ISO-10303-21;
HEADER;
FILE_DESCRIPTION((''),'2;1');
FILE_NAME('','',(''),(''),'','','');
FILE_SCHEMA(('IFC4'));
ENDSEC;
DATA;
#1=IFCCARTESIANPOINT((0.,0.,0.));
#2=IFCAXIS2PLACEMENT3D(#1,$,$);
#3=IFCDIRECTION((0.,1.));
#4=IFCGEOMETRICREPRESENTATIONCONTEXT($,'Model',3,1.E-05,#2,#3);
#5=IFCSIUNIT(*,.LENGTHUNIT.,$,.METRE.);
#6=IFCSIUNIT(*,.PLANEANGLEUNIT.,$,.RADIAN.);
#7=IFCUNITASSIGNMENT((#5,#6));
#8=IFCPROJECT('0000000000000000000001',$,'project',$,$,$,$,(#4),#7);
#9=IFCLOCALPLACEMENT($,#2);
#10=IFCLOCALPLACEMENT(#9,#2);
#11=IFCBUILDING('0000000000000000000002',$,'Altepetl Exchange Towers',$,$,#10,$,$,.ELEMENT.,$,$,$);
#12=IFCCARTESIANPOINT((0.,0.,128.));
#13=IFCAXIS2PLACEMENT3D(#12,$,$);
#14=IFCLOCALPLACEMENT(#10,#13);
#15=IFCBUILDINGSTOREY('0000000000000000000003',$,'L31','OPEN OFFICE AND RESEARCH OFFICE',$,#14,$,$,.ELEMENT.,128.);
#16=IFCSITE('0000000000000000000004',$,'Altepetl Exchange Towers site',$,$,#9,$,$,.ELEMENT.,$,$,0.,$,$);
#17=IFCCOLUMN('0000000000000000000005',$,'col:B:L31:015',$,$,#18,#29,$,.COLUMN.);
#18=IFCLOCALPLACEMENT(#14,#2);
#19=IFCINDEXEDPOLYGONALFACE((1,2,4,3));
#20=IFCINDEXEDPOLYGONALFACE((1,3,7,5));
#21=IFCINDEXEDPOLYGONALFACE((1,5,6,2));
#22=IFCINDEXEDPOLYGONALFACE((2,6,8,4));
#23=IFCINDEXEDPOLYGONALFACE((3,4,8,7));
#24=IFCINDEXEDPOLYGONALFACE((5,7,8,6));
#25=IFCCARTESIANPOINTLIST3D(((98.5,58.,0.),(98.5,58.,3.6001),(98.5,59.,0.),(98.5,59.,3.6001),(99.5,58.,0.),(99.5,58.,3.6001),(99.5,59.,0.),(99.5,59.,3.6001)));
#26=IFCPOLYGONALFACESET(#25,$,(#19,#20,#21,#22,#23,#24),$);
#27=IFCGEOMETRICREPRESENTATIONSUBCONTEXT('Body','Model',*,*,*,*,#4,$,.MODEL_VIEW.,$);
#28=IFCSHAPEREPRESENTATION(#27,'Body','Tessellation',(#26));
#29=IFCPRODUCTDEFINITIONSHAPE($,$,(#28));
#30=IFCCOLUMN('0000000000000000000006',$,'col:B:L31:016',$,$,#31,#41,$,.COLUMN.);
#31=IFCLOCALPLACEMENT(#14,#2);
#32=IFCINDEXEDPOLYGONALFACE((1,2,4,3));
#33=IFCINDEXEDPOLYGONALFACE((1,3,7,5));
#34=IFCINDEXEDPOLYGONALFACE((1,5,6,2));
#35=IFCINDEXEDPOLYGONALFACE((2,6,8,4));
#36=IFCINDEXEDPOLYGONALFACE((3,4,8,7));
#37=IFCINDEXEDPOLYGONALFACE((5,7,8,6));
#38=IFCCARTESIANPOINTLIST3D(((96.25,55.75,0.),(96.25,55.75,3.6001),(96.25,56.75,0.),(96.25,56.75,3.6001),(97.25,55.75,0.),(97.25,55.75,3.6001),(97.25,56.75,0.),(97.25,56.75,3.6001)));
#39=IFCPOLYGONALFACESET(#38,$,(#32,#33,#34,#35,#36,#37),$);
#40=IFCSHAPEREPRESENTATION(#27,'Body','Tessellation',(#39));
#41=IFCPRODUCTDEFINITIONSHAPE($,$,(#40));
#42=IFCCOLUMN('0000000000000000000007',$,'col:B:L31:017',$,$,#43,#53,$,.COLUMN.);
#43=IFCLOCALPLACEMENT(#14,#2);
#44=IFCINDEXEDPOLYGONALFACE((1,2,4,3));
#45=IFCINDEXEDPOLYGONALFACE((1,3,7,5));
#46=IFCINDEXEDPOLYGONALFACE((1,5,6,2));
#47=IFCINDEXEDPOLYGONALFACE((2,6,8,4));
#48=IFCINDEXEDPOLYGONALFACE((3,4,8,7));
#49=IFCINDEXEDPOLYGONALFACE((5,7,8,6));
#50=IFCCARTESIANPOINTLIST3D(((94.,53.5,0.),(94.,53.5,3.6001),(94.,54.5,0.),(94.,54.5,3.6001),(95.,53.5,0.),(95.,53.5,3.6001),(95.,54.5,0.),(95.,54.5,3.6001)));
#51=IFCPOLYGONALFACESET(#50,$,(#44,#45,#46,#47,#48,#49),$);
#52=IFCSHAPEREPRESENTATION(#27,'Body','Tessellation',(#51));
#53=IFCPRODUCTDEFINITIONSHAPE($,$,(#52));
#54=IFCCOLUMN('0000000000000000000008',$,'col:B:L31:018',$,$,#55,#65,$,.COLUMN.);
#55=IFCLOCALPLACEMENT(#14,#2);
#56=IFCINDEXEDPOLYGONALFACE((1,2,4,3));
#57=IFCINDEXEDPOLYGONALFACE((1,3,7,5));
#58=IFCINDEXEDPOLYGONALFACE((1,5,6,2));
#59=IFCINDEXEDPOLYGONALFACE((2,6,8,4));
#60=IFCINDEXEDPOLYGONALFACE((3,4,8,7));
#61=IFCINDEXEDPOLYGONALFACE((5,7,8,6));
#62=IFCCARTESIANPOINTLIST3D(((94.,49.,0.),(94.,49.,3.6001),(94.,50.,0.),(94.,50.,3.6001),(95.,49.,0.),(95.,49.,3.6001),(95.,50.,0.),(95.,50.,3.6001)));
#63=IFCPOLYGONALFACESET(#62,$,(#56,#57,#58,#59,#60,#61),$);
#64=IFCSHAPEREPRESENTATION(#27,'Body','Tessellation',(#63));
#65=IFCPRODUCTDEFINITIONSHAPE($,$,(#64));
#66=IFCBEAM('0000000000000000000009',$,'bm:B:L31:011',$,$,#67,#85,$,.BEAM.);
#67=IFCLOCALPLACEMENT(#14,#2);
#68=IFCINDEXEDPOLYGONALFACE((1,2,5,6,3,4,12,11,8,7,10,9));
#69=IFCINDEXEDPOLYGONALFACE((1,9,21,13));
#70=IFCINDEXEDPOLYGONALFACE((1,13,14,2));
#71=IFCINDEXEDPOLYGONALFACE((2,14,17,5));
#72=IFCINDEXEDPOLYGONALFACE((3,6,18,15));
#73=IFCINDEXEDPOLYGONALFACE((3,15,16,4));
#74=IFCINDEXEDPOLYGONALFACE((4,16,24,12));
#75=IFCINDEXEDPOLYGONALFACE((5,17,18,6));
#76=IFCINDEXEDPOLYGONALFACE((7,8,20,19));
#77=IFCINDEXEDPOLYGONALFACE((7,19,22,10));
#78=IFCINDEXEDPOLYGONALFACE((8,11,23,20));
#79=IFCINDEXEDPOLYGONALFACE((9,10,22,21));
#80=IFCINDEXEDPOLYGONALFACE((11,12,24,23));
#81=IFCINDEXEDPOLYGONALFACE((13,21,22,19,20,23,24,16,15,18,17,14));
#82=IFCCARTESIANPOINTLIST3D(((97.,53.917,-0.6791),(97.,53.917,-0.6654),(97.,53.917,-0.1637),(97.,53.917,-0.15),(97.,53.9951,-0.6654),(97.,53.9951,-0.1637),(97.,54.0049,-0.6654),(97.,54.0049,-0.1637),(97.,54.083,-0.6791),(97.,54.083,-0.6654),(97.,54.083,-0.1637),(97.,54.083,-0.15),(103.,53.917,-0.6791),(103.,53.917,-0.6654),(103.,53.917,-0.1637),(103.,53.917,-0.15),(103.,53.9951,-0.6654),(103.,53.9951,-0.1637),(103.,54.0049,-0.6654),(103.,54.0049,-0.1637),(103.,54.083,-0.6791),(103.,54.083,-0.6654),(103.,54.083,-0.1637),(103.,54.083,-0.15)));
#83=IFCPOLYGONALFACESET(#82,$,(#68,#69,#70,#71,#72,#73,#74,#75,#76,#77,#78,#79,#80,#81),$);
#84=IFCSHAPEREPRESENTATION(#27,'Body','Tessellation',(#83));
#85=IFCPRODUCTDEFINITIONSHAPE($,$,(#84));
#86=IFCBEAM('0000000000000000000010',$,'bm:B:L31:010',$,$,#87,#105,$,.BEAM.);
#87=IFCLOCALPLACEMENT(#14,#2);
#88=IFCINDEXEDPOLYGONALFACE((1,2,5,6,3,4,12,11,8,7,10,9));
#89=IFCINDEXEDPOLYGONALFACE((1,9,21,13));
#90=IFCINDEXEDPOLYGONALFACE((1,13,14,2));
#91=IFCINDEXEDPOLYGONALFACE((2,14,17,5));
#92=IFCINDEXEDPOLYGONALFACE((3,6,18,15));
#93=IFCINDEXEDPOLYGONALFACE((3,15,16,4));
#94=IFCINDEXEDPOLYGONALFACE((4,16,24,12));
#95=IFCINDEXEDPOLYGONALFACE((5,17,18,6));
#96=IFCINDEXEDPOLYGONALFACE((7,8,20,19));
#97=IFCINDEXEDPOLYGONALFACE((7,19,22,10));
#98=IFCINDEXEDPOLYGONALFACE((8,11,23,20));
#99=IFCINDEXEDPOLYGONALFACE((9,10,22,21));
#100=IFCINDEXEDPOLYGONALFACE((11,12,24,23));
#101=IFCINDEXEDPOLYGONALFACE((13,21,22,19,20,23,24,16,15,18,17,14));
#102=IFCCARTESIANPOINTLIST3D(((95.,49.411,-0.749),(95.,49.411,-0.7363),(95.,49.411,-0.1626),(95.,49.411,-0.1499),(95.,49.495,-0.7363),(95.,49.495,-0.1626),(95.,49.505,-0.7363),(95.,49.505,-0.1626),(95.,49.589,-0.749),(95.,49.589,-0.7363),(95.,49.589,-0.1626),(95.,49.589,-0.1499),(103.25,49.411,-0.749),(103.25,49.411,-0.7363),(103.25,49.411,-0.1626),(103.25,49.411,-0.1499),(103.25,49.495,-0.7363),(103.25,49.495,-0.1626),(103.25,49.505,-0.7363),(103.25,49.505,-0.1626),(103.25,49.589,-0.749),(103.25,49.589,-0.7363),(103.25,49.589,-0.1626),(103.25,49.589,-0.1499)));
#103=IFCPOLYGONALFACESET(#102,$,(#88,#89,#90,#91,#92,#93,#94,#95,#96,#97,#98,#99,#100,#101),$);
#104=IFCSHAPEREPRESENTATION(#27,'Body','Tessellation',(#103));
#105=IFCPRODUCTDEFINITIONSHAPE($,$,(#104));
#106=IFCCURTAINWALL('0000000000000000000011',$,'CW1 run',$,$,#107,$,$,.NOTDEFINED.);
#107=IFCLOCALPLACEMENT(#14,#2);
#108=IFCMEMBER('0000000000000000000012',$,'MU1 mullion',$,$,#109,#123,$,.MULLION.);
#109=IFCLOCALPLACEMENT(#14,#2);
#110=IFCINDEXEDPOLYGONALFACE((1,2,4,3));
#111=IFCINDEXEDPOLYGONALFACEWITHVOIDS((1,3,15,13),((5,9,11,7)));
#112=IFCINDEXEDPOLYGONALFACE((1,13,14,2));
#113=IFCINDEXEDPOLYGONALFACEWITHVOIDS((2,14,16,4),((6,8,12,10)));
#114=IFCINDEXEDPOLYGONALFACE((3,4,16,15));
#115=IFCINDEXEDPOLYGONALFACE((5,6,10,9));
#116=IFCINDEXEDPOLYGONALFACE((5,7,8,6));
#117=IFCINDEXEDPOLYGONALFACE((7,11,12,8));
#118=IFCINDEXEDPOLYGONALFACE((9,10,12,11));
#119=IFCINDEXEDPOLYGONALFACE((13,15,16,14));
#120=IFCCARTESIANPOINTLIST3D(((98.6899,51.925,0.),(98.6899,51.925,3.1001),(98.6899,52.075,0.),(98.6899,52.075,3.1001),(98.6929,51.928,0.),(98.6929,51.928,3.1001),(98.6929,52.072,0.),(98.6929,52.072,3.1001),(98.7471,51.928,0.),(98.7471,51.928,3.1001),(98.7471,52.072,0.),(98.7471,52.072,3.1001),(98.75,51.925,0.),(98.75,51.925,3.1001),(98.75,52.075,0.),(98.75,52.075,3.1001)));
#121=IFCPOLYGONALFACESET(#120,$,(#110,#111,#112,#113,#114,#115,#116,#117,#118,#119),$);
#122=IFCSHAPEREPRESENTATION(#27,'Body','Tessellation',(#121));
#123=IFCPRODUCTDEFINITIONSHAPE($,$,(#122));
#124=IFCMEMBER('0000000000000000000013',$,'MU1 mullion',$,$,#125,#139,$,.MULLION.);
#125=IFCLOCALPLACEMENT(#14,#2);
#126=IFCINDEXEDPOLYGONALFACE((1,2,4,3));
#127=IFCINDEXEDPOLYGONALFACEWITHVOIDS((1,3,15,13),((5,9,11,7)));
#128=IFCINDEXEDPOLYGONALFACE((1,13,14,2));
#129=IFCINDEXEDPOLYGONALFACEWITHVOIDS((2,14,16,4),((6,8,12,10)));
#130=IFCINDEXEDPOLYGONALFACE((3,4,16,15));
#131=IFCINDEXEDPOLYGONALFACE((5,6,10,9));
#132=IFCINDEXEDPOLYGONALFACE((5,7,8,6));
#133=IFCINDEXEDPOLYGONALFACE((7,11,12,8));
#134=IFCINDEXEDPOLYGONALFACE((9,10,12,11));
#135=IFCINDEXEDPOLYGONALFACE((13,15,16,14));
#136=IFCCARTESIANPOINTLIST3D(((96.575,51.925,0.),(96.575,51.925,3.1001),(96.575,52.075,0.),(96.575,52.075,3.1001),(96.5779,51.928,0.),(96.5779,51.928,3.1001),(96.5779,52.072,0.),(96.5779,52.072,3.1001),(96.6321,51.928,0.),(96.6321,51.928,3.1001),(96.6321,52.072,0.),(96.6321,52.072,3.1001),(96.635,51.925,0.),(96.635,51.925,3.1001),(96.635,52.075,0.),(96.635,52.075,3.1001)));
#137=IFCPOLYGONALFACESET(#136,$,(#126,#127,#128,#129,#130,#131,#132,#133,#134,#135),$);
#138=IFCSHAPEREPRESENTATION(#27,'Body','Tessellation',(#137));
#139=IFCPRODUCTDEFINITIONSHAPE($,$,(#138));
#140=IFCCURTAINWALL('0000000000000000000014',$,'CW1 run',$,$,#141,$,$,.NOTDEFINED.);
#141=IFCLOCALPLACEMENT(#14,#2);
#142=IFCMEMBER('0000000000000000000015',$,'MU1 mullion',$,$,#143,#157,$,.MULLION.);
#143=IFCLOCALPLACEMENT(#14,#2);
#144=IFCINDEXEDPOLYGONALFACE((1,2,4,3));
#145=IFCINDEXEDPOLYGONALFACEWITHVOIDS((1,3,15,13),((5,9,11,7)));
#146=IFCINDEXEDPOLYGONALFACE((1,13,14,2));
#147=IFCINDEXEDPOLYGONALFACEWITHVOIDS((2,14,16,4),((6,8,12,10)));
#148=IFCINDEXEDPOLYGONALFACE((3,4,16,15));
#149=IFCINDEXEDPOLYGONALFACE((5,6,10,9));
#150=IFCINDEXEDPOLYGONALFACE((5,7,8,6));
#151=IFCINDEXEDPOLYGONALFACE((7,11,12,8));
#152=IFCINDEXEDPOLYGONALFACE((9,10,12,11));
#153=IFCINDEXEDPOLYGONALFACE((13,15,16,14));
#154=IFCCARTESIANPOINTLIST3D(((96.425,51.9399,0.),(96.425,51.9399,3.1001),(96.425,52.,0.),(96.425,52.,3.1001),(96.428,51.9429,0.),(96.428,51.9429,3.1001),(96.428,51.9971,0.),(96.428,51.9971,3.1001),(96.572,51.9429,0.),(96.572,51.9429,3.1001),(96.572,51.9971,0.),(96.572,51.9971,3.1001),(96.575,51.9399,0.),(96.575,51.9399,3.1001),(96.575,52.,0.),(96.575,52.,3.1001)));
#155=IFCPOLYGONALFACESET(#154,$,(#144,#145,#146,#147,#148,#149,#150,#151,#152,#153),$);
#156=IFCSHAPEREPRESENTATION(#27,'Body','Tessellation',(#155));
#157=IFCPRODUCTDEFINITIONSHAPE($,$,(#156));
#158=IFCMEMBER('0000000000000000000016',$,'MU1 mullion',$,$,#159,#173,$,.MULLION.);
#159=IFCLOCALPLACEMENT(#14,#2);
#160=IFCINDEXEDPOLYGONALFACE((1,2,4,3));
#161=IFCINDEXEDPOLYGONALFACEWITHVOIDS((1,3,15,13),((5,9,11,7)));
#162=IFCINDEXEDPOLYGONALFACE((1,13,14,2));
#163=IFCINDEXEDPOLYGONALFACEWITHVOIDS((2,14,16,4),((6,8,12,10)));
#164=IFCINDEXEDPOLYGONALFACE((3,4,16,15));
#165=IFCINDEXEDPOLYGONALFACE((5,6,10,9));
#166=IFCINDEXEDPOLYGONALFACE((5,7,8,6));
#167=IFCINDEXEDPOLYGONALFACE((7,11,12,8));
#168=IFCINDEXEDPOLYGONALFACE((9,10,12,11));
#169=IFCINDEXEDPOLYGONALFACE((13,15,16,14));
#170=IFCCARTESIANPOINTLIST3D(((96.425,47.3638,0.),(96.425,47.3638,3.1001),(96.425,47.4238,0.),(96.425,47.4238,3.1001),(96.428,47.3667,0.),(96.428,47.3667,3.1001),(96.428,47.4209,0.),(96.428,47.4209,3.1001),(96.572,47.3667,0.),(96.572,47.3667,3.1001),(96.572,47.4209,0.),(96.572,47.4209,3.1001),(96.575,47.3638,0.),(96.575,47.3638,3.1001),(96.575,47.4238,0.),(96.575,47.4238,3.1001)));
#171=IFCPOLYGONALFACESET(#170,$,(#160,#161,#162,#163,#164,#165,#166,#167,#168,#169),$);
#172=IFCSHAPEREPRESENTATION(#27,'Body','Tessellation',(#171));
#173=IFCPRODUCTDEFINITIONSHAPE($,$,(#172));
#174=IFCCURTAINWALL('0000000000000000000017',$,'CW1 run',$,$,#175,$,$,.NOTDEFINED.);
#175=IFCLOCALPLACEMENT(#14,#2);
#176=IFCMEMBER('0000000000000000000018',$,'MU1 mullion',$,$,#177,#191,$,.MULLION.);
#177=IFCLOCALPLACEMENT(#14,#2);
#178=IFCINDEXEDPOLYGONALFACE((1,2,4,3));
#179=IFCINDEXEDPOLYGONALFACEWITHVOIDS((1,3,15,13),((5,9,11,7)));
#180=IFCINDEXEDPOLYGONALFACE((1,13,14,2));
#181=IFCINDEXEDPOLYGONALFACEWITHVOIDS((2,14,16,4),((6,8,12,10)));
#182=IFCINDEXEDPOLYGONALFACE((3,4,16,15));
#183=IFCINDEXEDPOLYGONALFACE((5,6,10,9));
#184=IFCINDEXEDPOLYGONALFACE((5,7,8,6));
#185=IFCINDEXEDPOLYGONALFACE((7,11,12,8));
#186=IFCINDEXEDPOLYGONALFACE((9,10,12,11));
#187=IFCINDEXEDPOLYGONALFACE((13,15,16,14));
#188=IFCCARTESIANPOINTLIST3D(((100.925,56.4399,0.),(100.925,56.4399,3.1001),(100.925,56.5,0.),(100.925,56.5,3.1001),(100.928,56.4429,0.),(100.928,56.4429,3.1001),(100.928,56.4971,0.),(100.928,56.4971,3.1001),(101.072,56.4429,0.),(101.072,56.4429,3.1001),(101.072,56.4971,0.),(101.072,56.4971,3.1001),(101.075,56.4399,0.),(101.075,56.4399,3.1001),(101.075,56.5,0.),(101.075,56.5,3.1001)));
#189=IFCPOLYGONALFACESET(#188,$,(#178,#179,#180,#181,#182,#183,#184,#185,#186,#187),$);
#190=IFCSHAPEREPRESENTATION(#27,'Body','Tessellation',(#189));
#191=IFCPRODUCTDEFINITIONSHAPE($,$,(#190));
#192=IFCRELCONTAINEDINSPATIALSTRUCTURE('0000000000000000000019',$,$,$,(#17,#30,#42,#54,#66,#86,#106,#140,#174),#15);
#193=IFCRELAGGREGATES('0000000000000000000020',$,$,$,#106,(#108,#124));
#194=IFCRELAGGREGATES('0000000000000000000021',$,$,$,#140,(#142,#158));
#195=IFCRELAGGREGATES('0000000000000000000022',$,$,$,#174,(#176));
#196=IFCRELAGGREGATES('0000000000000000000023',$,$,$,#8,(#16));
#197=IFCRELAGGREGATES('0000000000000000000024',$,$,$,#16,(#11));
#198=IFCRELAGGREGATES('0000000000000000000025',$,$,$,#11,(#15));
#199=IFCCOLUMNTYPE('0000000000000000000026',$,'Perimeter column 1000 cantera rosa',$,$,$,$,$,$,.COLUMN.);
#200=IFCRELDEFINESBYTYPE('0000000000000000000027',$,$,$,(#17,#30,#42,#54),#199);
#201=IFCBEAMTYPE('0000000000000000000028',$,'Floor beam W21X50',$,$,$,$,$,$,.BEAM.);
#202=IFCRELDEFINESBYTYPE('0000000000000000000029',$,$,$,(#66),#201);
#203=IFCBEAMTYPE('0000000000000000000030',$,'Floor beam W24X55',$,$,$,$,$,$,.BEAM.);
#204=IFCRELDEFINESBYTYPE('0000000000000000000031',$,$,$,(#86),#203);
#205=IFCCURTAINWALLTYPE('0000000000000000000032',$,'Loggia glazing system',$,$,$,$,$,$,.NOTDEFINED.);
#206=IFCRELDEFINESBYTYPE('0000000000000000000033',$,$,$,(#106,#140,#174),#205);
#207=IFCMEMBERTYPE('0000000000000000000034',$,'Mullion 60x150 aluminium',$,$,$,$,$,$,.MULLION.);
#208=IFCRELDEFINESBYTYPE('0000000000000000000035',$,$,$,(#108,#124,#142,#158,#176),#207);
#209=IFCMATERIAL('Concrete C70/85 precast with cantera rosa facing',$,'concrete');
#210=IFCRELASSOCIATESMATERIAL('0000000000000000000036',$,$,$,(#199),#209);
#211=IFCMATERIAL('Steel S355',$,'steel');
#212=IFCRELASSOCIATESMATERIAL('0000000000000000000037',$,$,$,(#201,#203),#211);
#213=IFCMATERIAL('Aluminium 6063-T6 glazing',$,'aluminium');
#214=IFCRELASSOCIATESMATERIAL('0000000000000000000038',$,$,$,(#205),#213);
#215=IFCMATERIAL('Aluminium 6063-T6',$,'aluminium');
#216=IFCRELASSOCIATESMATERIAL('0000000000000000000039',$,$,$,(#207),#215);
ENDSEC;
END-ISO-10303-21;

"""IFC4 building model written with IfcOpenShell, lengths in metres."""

from ifc_helpers import new_model, si_unit, direction, frame, origin, origin_2d, place, context, subcontext, project, spatial, rectangle, hollow_rectangle, i_section, extrude, material, material_profile, profile_set, type_object, element, aggregate, save


model = new_model("IFC4")

# Units and contexts
model_context = context("Model", 3, precision=1e-05, world=origin(), true_north=direction((0.0, 1.0)))
body_context = subcontext(model_context, "Body", "Model", "MODEL_VIEW")
ifc_project = project(units=[si_unit("LENGTHUNIT", "METRE"), si_unit("PLANEANGLEUNIT", "RADIAN")], contexts=[model_context])

# Site, building, storey
site_placement = place(None, origin())
site = spatial("IfcSite", under=ifc_project, at=site_placement, Name="Altepetl Exchange Towers site", CompositionType="ELEMENT", RefElevation=0.0)
building_placement = place(site_placement, origin())
building = spatial("IfcBuilding", under=site, at=building_placement, Name="Altepetl Exchange Towers", CompositionType="ELEMENT")
storey_placement = place(building_placement, frame((0.0, 0.0, 128.0)))
storey = spatial("IfcBuildingStorey", under=building, at=storey_placement, Name="L31", Description="OPEN OFFICE AND RESEARCH OFFICE", CompositionType="ELEMENT", Elevation=128.0)

# Columns
ifc_material_1 = material(Name="Concrete C70/85 precast with cantera rosa facing", Category="concrete")
ifc_material_profile_1 = material_profile(ifc_material_1, rectangle(XDim=1.0, YDim=1.0, at=origin_2d()), Name="1000 x 1000")
ifc_profile_set_1 = profile_set([ifc_material_profile_1], Name="Concrete C70/85 precast with cantera rosa facing")
column_type = type_object("IfcColumnType", Name="Perimeter column 1000 cantera rosa", PredefinedType="COLUMN", material=ifc_profile_set_1)
for number, where, name in (
    (1, (99.0, 58.5, 0.0), "col:B:L31:015"),
    (2, (96.75, 56.25, 0.0), "col:B:L31:016"),
    (3, (94.5, 54.0, 0.0), "col:B:L31:017"),
    (4, (94.5, 49.5, 0.0), "col:B:L31:018"),
):
    element("IfcColumn", number, at=place(storey_placement, frame(where)), inside=storey, type_object=column_type, Name=name, PredefinedType="COLUMN", context=body_context, shape_type="SweptSolid", body=[
        extrude(rectangle(XDim=1.0, YDim=1.0, at=origin_2d()), origin(), (0.0, 0.0, 1.0), 3.6001),
    ])

# Beams
ifc_material_2 = material(Name="Steel S355", Category="steel")
ifc_material_profile_2 = material_profile(ifc_material_2, i_section(OverallWidth=0.166, OverallDepth=0.5291, WebThickness=0.0098, FlangeThickness=0.0137, at=origin_2d()), Name="W21X50")
ifc_profile_set_2 = profile_set([ifc_material_profile_2], Name="Steel S355")
beam_type_1 = type_object("IfcBeamType", Name="Floor beam W21X50", PredefinedType="BEAM", material=ifc_profile_set_2)
beam_1_placement = place(storey_placement, frame((97.0, 54.0, -0.4146), z_axis=(1.0, 0.0, 0.0), x_axis=(0.0, 1.0, 0.0)))
element("IfcBeam", 5, at=beam_1_placement, inside=storey, type_object=beam_type_1, Name="bm:B:L31:011", PredefinedType="BEAM", context=body_context, shape_type="SweptSolid", body=[
    extrude(i_section(OverallWidth=0.166, OverallDepth=0.5291, WebThickness=0.0098, FlangeThickness=0.0137, at=origin_2d()), origin(), (0.0, 0.0, 1.0), 6.0),
])
ifc_material_profile_3 = material_profile(ifc_material_2, i_section(OverallWidth=0.178, OverallDepth=0.5991, WebThickness=0.01, FlangeThickness=0.0127, at=origin_2d()), Name="W24X55")
ifc_profile_set_3 = profile_set([ifc_material_profile_3], Name="Steel S355")
beam_type_2 = type_object("IfcBeamType", Name="Floor beam W24X55", PredefinedType="BEAM", material=ifc_profile_set_3)
beam_2_placement = place(storey_placement, frame((95.0, 49.5, -0.4495), z_axis=(1.0, 0.0, 0.0), x_axis=(0.0, 1.0, 0.0)))
element("IfcBeam", 6, at=beam_2_placement, inside=storey, type_object=beam_type_2, Name="bm:B:L31:010", PredefinedType="BEAM", context=body_context, shape_type="SweptSolid", body=[
    extrude(i_section(OverallWidth=0.178, OverallDepth=0.5991, WebThickness=0.01, FlangeThickness=0.0127, at=origin_2d()), origin(), (0.0, 0.0, 1.0), 8.25),
])

# Curtain walls, members
ifc_material_3 = material(Name="Aluminium 6063-T6 glazing", Category="aluminium")
curtain_wall_type = type_object("IfcCurtainWallType", Name="Loggia glazing system", PredefinedType="NOTDEFINED", material=ifc_material_3)
curtain_wall_1_placement = place(storey_placement, origin())
curtain_wall_1 = element("IfcCurtainWall", 7, at=curtain_wall_1_placement, inside=storey, type_object=curtain_wall_type, Name="CW1 run", PredefinedType="NOTDEFINED")
ifc_material_4 = material(Name="Aluminium 6063-T6", Category="aluminium")
ifc_material_profile_4 = material_profile(ifc_material_4, hollow_rectangle(XDim=0.0601, YDim=0.1499, WallThickness=0.0029, at=origin_2d()), Name="Mullion 60x150 aluminium")
ifc_profile_set_4 = profile_set([ifc_material_profile_4], Name="Aluminium 6063-T6")
member_type = type_object("IfcMemberType", Name="Mullion 60x150 aluminium", PredefinedType="MULLION", material=ifc_profile_set_4)
member_1_placement = place(storey_placement, frame((98.72, 52.0, 0.0), z_axis=(0.0, 0.0, 1.0), x_axis=(-1.0, 0.0, 0.0)))
member_1 = element("IfcMember", 8, at=member_1_placement, type_object=member_type, Name="MU1 mullion", PredefinedType="MULLION", context=body_context, shape_type="SweptSolid", body=[
    extrude(hollow_rectangle(XDim=0.0601, YDim=0.1499, WallThickness=0.0029, at=origin_2d()), origin(), (0.0, 0.0, 1.0), 3.1001),
])
member_2_placement = place(storey_placement, frame((96.605, 52.0, 0.0), z_axis=(0.0, 0.0, 1.0), x_axis=(-1.0, 0.0, 0.0)))
member_2 = element("IfcMember", 9, at=member_2_placement, type_object=member_type, Name="MU1 mullion", PredefinedType="MULLION", context=body_context, shape_type="SweptSolid", body=[
    extrude(hollow_rectangle(XDim=0.0601, YDim=0.1499, WallThickness=0.0029, at=origin_2d()), origin(), (0.0, 0.0, 1.0), 3.1001),
])
curtain_wall_2_placement = place(storey_placement, origin())
curtain_wall_2 = element("IfcCurtainWall", 10, at=curtain_wall_2_placement, inside=storey, type_object=curtain_wall_type, Name="CW1 run", PredefinedType="NOTDEFINED")
member_3_placement = place(storey_placement, frame((96.5, 51.97, 0.0), z_axis=(0.0, 0.0, 1.0), x_axis=(0.0, -1.0, 0.0)))
member_3 = element("IfcMember", 11, at=member_3_placement, type_object=member_type, Name="MU1 mullion", PredefinedType="MULLION", context=body_context, shape_type="SweptSolid", body=[
    extrude(hollow_rectangle(XDim=0.0601, YDim=0.1499, WallThickness=0.0029, at=origin_2d()), origin(), (0.0, 0.0, 1.0), 3.1001),
])
member_4_placement = place(storey_placement, frame((96.5, 47.3938, 0.0), z_axis=(0.0, 0.0, 1.0), x_axis=(0.0, -1.0, 0.0)))
member_4 = element("IfcMember", 12, at=member_4_placement, type_object=member_type, Name="MU1 mullion", PredefinedType="MULLION", context=body_context, shape_type="SweptSolid", body=[
    extrude(hollow_rectangle(XDim=0.0601, YDim=0.1499, WallThickness=0.0029, at=origin_2d()), origin(), (0.0, 0.0, 1.0), 3.1001),
])
curtain_wall_3_placement = place(storey_placement, origin())
curtain_wall_3 = element("IfcCurtainWall", 13, at=curtain_wall_3_placement, inside=storey, type_object=curtain_wall_type, Name="CW1 run", PredefinedType="NOTDEFINED")
member_5_placement = place(storey_placement, frame((101.0, 56.47, 0.0), z_axis=(0.0, 0.0, 1.0), x_axis=(0.0, -1.0, 0.0)))
member_5 = element("IfcMember", 14, at=member_5_placement, type_object=member_type, Name="MU1 mullion", PredefinedType="MULLION", context=body_context, shape_type="SweptSolid", body=[
    extrude(hollow_rectangle(XDim=0.0601, YDim=0.1499, WallThickness=0.0029, at=origin_2d()), origin(), (0.0, 0.0, 1.0), 3.1001),
])

aggregate(curtain_wall_1, [member_1, member_2])
aggregate(curtain_wall_2, [member_3, member_4])
aggregate(curtain_wall_3, [member_5])

save(model, "model.ifc")
